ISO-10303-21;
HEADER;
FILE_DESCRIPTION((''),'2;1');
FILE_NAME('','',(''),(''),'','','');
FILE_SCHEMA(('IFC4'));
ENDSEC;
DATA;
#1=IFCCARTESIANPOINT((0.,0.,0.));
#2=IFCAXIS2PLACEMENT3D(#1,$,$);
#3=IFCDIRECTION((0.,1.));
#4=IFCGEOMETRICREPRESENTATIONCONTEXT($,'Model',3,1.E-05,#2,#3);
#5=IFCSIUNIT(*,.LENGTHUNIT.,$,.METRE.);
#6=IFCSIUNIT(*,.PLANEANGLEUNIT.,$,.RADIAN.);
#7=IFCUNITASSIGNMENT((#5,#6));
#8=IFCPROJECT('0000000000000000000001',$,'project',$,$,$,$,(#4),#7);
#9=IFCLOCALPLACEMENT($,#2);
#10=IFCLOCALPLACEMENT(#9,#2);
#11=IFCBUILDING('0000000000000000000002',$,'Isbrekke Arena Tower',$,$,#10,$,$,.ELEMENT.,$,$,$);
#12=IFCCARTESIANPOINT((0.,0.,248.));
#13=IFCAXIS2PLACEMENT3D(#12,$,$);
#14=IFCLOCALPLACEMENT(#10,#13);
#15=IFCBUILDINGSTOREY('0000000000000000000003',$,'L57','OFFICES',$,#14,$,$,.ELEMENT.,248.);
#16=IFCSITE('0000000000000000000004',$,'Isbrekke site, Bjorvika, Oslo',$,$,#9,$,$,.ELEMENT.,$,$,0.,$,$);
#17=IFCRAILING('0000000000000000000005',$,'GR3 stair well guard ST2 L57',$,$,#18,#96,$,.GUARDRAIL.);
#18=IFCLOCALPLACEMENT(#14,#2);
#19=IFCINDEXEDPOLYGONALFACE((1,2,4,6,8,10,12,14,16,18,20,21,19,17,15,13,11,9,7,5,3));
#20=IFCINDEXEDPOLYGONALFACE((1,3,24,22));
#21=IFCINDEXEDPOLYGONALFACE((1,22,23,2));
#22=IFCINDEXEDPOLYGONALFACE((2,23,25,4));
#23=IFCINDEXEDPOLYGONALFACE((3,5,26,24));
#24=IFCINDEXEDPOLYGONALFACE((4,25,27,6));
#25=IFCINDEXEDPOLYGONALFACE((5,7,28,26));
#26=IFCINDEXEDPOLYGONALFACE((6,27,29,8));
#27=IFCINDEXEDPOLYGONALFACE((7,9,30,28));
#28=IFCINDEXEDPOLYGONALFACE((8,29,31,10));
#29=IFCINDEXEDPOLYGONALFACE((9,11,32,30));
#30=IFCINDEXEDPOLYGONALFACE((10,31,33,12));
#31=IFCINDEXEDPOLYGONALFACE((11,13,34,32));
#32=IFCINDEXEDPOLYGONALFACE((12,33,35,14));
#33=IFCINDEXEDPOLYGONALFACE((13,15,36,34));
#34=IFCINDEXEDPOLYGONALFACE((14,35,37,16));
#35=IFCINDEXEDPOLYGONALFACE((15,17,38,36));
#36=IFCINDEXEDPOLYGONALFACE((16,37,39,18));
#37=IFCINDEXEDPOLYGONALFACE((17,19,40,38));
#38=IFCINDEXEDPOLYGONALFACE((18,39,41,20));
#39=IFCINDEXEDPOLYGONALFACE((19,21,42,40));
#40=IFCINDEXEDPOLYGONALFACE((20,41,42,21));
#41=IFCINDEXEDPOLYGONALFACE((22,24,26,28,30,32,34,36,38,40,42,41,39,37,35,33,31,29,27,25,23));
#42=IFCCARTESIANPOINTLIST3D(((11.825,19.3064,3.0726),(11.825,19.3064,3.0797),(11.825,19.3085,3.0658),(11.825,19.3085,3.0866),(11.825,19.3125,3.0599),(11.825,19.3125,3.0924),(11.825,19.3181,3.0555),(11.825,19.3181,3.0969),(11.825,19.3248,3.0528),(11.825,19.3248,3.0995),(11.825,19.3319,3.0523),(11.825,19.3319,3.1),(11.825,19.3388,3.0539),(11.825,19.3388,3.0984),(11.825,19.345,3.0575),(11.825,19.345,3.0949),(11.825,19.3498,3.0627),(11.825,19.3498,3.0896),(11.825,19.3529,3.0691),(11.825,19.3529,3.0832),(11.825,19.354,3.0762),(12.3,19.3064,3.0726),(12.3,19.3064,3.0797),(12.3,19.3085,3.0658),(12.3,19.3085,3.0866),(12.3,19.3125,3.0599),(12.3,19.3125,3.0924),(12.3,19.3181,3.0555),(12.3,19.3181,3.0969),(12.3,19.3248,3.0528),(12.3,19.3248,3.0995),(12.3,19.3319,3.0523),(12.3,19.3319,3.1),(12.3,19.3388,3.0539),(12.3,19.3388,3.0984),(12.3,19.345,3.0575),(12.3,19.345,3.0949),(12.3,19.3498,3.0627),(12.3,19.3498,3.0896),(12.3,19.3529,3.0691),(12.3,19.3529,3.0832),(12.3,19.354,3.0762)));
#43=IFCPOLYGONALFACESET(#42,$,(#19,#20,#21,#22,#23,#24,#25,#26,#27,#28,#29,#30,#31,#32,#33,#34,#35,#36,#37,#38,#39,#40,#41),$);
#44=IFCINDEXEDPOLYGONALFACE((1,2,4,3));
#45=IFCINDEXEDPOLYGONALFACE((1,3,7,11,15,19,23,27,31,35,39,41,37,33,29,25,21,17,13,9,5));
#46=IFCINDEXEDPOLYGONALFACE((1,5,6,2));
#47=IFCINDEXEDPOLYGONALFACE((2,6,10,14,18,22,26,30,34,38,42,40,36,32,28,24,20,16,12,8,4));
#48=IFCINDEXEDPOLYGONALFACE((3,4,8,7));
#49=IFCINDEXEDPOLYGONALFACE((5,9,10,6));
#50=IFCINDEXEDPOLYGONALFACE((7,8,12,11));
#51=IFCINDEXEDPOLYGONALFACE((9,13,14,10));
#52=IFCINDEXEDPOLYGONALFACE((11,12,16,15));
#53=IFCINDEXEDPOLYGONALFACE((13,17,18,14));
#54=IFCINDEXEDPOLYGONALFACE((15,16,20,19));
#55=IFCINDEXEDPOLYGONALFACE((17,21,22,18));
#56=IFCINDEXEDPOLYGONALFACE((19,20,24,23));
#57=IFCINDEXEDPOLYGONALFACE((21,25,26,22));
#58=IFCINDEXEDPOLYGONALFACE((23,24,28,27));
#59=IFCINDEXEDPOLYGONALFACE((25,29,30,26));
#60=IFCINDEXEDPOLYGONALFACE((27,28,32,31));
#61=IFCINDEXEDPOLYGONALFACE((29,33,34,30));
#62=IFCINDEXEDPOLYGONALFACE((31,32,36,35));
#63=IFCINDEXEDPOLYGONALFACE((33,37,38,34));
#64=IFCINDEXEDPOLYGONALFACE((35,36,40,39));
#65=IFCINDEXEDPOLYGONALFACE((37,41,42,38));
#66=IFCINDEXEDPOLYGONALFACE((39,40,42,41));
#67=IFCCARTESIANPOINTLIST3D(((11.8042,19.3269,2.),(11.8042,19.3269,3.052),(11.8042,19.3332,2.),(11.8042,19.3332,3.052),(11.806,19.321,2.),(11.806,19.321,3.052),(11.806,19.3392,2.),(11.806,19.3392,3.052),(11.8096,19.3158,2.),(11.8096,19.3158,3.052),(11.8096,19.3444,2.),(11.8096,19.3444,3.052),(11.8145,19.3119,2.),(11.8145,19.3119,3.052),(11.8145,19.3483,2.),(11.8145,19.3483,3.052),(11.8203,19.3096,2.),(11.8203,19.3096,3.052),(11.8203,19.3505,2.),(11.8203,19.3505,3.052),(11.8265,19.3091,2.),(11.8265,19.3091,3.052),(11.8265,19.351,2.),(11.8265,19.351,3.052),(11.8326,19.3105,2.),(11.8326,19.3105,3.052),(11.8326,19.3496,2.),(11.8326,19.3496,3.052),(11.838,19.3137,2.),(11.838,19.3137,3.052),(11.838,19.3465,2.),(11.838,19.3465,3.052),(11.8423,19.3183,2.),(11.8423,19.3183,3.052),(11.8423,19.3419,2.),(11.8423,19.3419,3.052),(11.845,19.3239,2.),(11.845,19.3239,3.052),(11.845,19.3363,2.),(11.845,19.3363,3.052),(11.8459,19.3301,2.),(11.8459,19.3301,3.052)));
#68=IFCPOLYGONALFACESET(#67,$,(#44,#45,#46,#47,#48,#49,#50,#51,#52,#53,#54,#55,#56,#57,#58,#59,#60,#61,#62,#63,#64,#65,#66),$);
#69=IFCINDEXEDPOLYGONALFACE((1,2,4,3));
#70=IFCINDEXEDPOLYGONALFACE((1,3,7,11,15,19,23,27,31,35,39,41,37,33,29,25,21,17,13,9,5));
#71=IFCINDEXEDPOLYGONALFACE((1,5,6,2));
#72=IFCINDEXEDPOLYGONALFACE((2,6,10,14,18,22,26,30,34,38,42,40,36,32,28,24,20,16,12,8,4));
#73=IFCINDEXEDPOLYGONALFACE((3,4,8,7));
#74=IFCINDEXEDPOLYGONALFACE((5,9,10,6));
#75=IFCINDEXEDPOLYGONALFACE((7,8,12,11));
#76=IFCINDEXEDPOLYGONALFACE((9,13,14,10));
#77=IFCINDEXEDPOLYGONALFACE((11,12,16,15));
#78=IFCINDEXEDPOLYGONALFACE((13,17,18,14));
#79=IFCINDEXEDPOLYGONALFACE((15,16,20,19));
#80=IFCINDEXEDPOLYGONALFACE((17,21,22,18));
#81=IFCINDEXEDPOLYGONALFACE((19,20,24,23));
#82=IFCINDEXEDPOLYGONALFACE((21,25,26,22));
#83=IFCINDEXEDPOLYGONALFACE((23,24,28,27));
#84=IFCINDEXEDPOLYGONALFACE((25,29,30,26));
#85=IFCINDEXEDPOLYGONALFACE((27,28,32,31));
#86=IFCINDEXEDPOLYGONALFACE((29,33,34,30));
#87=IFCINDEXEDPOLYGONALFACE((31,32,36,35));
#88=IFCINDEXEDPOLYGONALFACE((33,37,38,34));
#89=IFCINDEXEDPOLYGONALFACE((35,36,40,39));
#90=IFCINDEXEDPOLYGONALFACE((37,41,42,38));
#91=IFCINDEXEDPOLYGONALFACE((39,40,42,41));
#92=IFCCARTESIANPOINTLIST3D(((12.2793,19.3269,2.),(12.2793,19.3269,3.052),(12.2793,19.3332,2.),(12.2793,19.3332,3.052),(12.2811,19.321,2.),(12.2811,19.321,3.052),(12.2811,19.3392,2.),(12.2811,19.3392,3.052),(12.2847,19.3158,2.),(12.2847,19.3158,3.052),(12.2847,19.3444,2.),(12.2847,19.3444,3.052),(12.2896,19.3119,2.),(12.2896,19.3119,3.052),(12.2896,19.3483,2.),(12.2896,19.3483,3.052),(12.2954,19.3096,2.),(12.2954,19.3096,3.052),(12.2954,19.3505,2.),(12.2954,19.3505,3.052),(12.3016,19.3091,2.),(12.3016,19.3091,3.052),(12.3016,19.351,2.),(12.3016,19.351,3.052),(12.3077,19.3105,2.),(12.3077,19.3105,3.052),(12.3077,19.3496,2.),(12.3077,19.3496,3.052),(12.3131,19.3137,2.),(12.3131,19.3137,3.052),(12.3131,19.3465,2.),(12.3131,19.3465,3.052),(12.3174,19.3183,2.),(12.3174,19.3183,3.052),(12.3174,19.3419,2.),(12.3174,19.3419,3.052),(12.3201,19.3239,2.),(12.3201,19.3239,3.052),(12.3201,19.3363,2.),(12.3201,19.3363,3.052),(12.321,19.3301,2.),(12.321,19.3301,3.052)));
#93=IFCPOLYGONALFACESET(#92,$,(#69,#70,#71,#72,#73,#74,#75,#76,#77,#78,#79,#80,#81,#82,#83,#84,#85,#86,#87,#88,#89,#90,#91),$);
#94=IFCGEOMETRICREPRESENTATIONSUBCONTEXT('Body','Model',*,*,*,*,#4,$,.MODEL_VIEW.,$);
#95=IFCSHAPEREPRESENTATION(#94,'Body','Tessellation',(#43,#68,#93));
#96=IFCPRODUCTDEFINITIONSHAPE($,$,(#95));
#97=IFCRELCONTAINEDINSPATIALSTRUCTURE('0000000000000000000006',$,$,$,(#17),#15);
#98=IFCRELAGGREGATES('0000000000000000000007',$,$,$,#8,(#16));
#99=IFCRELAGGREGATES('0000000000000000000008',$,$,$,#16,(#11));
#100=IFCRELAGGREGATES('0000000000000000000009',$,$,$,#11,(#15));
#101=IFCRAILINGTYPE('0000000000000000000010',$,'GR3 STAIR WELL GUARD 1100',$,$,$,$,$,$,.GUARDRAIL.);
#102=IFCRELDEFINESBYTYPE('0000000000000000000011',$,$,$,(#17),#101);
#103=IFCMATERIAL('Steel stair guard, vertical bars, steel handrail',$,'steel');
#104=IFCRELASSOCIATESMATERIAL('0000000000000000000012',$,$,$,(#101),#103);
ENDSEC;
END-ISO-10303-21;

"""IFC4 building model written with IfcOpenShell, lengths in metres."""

from ifc_helpers import new_model, si_unit, direction, frame, origin, origin_2d, place, context, subcontext, project, spatial, circle, extrude, material, type_object, element, save


model = new_model("IFC4")

# Units and contexts
model_context = context("Model", 3, precision=1e-05, world=origin(), true_north=direction((0.0, 1.0)))
body_context = subcontext(model_context, "Body", "Model", "MODEL_VIEW")
ifc_project = project(units=[si_unit("LENGTHUNIT", "METRE"), si_unit("PLANEANGLEUNIT", "RADIAN")], contexts=[model_context])

# Site, building, storey
site_placement = place(None, origin())
site = spatial("IfcSite", under=ifc_project, at=site_placement, Name="Isbrekke site, Bjorvika, Oslo", CompositionType="ELEMENT", RefElevation=0.0)
building_placement = place(site_placement, origin())
building = spatial("IfcBuilding", under=site, at=building_placement, Name="Isbrekke Arena Tower", CompositionType="ELEMENT")
storey_placement = place(building_placement, frame((0.0, 0.0, 248.0)))
storey = spatial("IfcBuildingStorey", under=building, at=storey_placement, Name="L57", Description="OFFICES", CompositionType="ELEMENT", Elevation=248.0)

# Railing
ifc_material_1 = material(Name="Steel stair guard, vertical bars, steel handrail", Category="steel")
railing_type = type_object("IfcRailingType", Name="GR3 STAIR WELL GUARD 1100", PredefinedType="GUARDRAIL", material=ifc_material_1)
railing_1_placement = place(storey_placement, frame((11.825, 19.3301, 2.0)))
element("IfcRailing", 1, at=railing_1_placement, inside=storey, type_object=railing_type, Name="GR3 stair well guard ST2 L57", PredefinedType="GUARDRAIL", context=body_context, shape_type="SweptSolid", body=[
    extrude(circle(Radius=0.0239, at=origin_2d()), frame((0.0, 0.0, 1.0762), z_axis=(1.0, 0.0, 0.0), x_axis=(0.0, 1.0, 0.0)), (0.0, 0.0, 1.0), 0.4751),
    extrude(circle(Radius=0.021, at=origin_2d()), origin(), (0.0, 0.0, 1.0), 1.052),
    extrude(circle(Radius=0.021, at=origin_2d()), frame((0.4751, 0.0, 0.0)), (0.0, 0.0, 1.0), 1.052),
])

save(model, "model.ifc")
